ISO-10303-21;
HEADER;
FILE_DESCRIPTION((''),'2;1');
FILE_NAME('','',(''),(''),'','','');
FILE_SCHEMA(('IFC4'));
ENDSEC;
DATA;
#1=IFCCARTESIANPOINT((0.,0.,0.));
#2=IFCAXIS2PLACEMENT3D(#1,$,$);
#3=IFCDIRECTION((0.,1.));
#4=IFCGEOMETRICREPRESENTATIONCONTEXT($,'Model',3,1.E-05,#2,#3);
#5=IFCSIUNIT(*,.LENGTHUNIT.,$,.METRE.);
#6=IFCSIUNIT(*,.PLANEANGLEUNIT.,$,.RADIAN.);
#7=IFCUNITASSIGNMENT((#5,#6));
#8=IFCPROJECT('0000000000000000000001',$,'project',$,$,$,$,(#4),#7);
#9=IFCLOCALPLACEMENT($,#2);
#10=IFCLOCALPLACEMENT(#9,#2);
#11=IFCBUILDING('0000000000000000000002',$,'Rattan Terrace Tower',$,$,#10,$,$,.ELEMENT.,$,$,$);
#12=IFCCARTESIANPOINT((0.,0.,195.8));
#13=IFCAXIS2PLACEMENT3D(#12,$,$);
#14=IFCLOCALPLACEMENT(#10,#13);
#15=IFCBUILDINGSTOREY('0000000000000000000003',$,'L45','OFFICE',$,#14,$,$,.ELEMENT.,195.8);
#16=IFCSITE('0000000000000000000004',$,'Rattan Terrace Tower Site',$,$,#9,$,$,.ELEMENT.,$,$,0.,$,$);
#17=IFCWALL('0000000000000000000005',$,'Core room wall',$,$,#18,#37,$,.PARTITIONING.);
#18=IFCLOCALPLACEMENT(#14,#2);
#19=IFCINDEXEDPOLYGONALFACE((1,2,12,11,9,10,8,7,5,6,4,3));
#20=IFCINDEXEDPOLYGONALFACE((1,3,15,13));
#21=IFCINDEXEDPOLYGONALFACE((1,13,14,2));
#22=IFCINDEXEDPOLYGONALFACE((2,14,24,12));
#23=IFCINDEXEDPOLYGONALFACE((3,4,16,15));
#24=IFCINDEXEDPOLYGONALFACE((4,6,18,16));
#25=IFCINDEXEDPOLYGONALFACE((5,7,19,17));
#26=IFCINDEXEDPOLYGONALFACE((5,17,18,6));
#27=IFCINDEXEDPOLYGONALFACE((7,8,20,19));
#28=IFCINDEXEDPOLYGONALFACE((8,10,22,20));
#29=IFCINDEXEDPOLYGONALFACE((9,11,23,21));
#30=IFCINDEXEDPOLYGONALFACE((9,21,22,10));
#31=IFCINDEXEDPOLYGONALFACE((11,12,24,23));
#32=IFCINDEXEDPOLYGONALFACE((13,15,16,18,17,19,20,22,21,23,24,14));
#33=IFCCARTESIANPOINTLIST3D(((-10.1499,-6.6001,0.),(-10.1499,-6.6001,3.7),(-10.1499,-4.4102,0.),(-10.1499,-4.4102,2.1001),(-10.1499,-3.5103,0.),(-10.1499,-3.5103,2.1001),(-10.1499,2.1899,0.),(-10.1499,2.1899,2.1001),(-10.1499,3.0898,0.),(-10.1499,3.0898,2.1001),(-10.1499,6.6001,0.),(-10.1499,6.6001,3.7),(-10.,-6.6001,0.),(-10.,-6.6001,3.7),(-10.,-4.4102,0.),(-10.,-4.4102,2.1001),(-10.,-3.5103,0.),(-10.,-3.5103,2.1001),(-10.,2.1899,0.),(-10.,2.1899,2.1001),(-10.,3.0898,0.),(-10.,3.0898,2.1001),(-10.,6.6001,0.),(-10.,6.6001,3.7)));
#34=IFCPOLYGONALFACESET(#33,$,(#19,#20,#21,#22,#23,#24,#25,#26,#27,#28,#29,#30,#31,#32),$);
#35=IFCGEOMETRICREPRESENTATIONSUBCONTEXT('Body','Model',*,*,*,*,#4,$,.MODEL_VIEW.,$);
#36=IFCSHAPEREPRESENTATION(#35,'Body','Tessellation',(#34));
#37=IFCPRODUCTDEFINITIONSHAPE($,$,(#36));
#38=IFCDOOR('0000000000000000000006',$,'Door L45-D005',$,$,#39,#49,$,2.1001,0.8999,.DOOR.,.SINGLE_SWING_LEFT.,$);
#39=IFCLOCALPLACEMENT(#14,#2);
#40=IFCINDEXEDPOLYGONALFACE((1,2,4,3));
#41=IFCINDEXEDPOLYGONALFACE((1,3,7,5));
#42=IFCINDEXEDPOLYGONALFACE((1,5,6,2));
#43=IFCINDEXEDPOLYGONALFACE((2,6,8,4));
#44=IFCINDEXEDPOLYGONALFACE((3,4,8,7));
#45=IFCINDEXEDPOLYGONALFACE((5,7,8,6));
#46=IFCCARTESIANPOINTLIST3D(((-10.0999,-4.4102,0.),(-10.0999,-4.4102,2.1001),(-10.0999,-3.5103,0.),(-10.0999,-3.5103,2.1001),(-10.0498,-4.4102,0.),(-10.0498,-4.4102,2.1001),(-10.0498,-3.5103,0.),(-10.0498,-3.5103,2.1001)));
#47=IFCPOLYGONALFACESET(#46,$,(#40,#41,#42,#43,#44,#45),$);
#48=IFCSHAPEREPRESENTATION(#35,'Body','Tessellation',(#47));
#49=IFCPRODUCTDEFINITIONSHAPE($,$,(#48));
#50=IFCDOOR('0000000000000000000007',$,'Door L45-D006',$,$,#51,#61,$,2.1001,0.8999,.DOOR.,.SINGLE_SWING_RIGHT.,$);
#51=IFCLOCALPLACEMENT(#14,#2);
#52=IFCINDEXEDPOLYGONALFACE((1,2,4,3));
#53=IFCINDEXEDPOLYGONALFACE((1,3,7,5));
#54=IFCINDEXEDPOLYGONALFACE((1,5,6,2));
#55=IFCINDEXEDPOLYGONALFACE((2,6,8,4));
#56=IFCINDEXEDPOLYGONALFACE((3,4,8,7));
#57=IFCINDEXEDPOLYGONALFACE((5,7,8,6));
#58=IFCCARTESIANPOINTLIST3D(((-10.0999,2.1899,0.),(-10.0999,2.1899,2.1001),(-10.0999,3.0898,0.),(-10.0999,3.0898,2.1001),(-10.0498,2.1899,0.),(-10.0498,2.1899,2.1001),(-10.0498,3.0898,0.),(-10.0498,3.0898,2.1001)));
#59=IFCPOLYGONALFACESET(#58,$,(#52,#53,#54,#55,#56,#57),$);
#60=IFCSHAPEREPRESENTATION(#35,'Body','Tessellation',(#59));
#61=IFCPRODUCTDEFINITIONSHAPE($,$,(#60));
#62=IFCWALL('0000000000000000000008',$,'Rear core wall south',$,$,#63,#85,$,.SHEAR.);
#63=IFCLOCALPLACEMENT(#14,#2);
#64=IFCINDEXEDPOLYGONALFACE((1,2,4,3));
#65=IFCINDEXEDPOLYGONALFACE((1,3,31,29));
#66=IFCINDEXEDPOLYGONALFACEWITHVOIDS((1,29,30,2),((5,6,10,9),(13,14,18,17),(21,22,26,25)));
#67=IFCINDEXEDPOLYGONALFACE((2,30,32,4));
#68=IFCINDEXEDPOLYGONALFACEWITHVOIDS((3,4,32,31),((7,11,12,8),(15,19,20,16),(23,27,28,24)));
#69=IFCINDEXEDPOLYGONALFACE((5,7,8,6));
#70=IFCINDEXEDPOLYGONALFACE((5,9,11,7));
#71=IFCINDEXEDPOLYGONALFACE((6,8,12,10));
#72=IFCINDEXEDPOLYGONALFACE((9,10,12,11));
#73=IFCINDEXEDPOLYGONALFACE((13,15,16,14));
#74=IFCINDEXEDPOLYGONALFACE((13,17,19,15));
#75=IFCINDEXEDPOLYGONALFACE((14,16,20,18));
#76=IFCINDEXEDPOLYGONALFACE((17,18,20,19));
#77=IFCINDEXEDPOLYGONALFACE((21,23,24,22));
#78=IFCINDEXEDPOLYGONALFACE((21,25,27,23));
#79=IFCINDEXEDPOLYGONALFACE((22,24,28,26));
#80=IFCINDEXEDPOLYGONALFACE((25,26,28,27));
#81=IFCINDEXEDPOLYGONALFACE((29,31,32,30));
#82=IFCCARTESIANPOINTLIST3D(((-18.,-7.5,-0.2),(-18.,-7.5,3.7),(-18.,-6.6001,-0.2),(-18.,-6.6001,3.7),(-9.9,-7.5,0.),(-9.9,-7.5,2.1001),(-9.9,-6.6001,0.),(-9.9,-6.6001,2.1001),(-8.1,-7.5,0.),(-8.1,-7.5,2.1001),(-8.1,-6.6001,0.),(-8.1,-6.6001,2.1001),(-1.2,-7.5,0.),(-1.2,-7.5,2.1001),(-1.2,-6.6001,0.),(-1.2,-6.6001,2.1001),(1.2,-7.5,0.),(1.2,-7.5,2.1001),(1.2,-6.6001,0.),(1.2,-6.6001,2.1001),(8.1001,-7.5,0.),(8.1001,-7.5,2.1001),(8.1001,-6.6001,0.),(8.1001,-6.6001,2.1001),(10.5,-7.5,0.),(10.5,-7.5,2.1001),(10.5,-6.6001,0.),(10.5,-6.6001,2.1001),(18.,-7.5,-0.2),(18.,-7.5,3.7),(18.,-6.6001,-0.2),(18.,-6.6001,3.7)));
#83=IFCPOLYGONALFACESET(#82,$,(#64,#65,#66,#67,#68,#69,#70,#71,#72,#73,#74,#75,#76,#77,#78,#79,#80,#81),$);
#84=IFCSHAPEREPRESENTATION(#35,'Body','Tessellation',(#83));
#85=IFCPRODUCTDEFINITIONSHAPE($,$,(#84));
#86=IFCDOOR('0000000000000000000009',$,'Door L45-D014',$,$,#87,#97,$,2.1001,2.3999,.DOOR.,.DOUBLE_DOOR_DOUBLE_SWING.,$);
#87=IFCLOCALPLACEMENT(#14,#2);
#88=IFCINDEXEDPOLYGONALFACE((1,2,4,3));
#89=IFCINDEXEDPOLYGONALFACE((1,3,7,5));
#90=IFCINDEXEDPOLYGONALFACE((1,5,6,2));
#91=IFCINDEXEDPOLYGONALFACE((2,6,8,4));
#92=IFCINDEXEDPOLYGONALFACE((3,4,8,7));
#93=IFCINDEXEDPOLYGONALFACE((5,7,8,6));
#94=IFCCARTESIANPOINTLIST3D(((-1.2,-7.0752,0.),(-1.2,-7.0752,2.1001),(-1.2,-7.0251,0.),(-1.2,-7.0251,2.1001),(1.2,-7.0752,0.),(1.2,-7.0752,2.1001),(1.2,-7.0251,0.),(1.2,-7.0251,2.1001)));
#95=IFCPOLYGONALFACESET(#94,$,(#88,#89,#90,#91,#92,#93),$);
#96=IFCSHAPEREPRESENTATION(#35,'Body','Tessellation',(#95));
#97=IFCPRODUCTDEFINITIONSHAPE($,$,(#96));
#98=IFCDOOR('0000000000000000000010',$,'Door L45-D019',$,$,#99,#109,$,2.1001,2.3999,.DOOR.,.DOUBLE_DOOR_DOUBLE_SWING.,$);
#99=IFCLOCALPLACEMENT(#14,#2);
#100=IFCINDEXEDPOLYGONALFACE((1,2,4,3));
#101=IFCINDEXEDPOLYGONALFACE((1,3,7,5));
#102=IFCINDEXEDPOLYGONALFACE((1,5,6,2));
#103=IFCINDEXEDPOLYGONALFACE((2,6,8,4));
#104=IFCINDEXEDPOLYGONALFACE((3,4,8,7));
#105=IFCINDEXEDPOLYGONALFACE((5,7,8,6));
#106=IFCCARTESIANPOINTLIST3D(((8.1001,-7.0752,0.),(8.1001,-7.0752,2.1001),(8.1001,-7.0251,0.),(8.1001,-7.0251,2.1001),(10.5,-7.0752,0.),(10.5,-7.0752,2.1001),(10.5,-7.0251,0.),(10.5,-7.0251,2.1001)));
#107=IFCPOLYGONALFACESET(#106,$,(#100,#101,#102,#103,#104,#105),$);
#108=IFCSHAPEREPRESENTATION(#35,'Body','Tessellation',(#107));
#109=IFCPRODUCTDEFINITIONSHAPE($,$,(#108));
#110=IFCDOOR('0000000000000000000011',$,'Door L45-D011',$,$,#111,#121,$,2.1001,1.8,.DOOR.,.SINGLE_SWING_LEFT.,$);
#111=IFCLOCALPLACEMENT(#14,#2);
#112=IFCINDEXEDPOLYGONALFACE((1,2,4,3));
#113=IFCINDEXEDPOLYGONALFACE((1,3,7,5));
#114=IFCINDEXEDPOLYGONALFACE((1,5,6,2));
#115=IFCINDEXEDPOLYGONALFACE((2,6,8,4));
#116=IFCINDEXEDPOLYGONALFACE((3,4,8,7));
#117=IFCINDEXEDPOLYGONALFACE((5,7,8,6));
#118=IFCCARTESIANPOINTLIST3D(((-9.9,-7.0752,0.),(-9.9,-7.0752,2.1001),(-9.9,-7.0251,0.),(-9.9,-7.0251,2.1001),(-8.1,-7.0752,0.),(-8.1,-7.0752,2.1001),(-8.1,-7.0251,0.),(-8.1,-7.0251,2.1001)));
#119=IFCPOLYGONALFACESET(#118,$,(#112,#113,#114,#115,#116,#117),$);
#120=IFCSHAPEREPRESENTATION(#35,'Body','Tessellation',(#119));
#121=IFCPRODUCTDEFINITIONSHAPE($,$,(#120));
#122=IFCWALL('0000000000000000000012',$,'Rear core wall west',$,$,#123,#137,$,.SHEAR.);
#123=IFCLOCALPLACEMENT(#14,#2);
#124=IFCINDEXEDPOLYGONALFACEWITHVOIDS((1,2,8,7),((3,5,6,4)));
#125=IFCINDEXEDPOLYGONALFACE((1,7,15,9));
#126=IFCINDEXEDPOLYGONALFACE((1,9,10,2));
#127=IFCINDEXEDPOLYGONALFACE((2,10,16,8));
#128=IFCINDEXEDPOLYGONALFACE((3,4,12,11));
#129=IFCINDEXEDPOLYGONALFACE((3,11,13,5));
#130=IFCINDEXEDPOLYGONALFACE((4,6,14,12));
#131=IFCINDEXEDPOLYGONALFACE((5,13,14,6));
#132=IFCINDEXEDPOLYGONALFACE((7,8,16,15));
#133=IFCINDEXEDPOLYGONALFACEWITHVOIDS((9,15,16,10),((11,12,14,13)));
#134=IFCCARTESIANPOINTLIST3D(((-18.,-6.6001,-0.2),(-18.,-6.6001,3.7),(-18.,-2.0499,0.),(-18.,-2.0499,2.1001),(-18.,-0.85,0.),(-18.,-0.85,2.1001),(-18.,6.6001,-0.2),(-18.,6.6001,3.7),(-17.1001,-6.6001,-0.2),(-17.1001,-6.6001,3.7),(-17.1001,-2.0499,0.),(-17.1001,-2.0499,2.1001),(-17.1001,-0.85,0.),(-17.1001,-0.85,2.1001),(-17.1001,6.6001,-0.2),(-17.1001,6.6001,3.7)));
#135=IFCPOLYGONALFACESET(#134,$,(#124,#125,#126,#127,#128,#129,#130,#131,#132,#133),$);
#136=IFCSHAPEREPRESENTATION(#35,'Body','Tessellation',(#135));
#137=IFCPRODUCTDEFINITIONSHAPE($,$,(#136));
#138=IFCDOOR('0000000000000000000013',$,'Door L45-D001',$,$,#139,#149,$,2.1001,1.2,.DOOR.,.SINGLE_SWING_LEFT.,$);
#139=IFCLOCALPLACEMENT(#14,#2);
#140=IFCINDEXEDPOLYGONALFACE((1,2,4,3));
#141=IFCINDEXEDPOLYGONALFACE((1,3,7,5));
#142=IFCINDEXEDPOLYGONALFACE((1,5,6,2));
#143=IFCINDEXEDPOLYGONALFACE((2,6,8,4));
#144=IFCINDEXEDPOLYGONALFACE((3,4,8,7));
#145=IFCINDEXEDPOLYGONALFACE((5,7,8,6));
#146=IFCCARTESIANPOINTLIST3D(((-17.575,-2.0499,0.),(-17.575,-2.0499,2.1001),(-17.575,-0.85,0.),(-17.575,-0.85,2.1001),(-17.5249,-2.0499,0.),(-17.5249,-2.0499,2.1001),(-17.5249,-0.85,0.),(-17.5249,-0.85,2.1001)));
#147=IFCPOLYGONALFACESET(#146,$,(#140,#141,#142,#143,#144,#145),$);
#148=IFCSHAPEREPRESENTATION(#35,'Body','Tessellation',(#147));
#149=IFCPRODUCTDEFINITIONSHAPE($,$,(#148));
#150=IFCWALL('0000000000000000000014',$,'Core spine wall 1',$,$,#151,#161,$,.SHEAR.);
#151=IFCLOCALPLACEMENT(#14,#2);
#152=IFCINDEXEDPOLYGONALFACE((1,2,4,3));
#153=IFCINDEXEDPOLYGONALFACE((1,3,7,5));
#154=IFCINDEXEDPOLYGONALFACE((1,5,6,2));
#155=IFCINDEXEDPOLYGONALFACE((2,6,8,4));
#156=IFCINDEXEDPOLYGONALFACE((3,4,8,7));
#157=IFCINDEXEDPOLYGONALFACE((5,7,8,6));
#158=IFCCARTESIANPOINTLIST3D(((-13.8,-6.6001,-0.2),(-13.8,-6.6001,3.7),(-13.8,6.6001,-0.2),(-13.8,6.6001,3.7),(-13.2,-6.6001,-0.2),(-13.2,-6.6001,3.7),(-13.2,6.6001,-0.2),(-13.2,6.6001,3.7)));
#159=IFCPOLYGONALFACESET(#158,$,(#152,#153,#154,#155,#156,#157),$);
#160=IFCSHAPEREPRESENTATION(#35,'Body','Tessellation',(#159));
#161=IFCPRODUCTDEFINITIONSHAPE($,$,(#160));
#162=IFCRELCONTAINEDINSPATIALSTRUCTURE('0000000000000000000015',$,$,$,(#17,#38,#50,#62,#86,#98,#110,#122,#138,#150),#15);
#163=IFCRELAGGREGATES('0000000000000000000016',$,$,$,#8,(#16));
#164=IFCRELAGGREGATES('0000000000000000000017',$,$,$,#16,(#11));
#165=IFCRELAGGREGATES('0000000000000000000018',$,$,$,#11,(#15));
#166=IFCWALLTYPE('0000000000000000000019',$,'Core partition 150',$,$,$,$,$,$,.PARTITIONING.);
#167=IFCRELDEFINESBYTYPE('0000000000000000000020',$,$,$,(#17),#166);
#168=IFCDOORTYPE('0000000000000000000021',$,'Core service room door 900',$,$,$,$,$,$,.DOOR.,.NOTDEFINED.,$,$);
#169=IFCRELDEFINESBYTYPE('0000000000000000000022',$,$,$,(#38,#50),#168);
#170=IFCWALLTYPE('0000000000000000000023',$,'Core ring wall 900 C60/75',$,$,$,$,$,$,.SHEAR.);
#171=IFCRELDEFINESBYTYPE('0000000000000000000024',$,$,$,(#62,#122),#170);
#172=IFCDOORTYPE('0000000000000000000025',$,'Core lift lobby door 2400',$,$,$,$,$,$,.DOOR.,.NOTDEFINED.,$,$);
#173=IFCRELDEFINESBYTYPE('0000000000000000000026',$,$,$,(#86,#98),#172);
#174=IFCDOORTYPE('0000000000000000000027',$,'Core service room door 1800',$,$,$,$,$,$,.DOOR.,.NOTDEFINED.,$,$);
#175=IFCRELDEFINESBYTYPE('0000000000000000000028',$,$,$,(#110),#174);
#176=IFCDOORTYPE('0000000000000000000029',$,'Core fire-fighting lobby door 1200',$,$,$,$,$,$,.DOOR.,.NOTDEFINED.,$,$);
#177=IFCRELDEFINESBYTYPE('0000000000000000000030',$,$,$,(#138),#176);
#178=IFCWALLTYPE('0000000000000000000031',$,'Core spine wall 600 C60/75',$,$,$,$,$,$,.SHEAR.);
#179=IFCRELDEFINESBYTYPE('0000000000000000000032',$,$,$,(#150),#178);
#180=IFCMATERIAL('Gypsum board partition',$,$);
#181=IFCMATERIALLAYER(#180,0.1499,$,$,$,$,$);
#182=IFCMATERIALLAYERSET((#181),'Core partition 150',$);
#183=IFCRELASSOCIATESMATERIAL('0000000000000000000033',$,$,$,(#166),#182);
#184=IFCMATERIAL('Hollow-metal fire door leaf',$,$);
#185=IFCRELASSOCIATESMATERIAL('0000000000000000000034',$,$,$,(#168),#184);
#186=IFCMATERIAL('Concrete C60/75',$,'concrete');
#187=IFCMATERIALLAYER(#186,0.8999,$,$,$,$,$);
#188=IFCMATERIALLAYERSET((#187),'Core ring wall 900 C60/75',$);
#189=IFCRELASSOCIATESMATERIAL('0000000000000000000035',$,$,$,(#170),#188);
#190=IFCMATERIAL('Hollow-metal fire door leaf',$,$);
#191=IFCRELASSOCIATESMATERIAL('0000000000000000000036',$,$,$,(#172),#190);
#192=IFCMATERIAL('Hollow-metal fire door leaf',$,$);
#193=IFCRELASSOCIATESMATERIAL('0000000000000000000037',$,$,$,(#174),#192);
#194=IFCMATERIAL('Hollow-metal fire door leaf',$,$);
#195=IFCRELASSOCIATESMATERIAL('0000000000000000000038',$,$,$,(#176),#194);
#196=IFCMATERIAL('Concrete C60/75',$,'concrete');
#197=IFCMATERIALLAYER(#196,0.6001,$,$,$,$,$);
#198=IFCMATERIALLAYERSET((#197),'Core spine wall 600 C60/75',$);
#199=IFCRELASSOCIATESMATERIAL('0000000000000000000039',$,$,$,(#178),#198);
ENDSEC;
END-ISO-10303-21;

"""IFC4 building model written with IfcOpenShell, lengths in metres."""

from ifc_helpers import new_model, si_unit, direction, frame, frame_2d, origin, place, context, subcontext, project, spatial, rectangle, extrude, material, layer, layer_set, type_object, element, fill, save


model = new_model("IFC4")

# Units and contexts
model_context = context("Model", 3, precision=1e-05, world=origin(), true_north=direction((0.0, 1.0)))
body_context = subcontext(model_context, "Body", "Model", "MODEL_VIEW")
ifc_project = project(units=[si_unit("LENGTHUNIT", "METRE"), si_unit("PLANEANGLEUNIT", "RADIAN")], contexts=[model_context])

# Site, building, storey
site_placement = place(None, origin())
site = spatial("IfcSite", under=ifc_project, at=site_placement, Name="Rattan Terrace Tower Site", CompositionType="ELEMENT", RefElevation=0.0)
building_placement = place(site_placement, origin())
building = spatial("IfcBuilding", under=site, at=building_placement, Name="Rattan Terrace Tower", CompositionType="ELEMENT")
storey_placement = place(building_placement, frame((0.0, 0.0, 195.8)))
storey = spatial("IfcBuildingStorey", under=building, at=storey_placement, Name="L45", Description="OFFICE", CompositionType="ELEMENT", Elevation=195.8)

# Walls, openings, doors
ifc_material_1 = material(Name="Gypsum board partition")
ifc_layer_1 = layer(ifc_material_1, 0.1499)
ifc_layer_set_1 = layer_set([ifc_layer_1], Name="Core partition 150")
wall_type_1 = type_object("IfcWallType", Name="Core partition 150", PredefinedType="PARTITIONING", material=ifc_layer_set_1)
wall_1_placement = place(storey_placement, frame((-10.075, -6.6001, 0.0), z_axis=(0.0, 0.0, 1.0), x_axis=(0.0, 1.0, 0.0)))
wall_1 = element("IfcWall", 1, at=wall_1_placement, inside=storey, type_object=wall_type_1, Name="Core room wall", PredefinedType="PARTITIONING", context=body_context, shape_type="SweptSolid", body=[
    extrude(rectangle(XDim=13.2002, YDim=0.1499, at=frame_2d((6.6001, 0.0))), origin(), (0.0, 0.0, 1.0), 3.7),
])
opening_1_placement = place(wall_1_placement, frame((2.1899, 0.0, 0.0)))
opening_1 = element("IfcOpeningElement", 2, at=opening_1_placement, cuts=wall_1, PredefinedType="OPENING", context=body_context, shape_type="SweptSolid", body=[
    extrude(rectangle(XDim=0.8999, YDim=2.1001, at=frame_2d((0.45, 1.05))), frame((0.0, 0.0854, 0.0), z_axis=(0.0, -1.0, 0.0), x_axis=(1.0, 0.0, 0.0)), (0.0, 0.0, 1.0), 0.1709),
])
opening_2_placement = place(wall_1_placement, frame((8.79, 0.0, 0.0)))
opening_2 = element("IfcOpeningElement", 3, at=opening_2_placement, cuts=wall_1, PredefinedType="OPENING", context=body_context, shape_type="SweptSolid", body=[
    extrude(rectangle(XDim=0.8999, YDim=2.1001, at=frame_2d((0.45, 1.05))), frame((0.0, 0.0854, 0.0), z_axis=(0.0, -1.0, 0.0), x_axis=(1.0, 0.0, 0.0)), (0.0, 0.0, 1.0), 0.1709),
])
ifc_material_2 = material(Name="Hollow-metal fire door leaf")
door_type_1 = type_object("IfcDoorType", Name="Core service room door 900", OperationType="NOTDEFINED", PredefinedType="DOOR", material=ifc_material_2)
door_1_placement = place(opening_1_placement, origin())
door_1 = element("IfcDoor", 4, at=door_1_placement, inside=storey, type_object=door_type_1, Name="Door L45-D005", OperationType="SINGLE_SWING_LEFT", OverallHeight=2.1001, OverallWidth=0.8999, PredefinedType="DOOR", context=body_context, shape_type="SweptSolid", body=[
    extrude(rectangle(XDim=0.8999, YDim=2.1001, at=frame_2d((0.45, 1.05))), frame((0.0, 0.0249, 0.0), z_axis=(0.0, -1.0, 0.0), x_axis=(1.0, 0.0, 0.0)), (0.0, 0.0, 1.0), 0.05),
])
fill(opening_1, door_1)
door_2_placement = place(opening_2_placement, origin())
door_2 = element("IfcDoor", 5, at=door_2_placement, inside=storey, type_object=door_type_1, Name="Door L45-D006", OperationType="SINGLE_SWING_RIGHT", OverallHeight=2.1001, OverallWidth=0.8999, PredefinedType="DOOR", context=body_context, shape_type="SweptSolid", body=[
    extrude(rectangle(XDim=0.8999, YDim=2.1001, at=frame_2d((0.45, 1.05))), frame((0.0, 0.0249, 0.0), z_axis=(0.0, -1.0, 0.0), x_axis=(1.0, 0.0, 0.0)), (0.0, 0.0, 1.0), 0.05),
])
fill(opening_2, door_2)
ifc_material_3 = material(Name="Concrete C60/75", Category="concrete")
ifc_layer_2 = layer(ifc_material_3, 0.8999)
ifc_layer_set_2 = layer_set([ifc_layer_2], Name="Core ring wall 900 C60/75")
wall_type_2 = type_object("IfcWallType", Name="Core ring wall 900 C60/75", PredefinedType="SHEAR", material=ifc_layer_set_2)
wall_2_placement = place(storey_placement, frame((-18.0, -7.05, -0.2), z_axis=(0.0, 0.0, 1.0), x_axis=(1.0, 0.0, 0.0)))
wall_2 = element("IfcWall", 6, at=wall_2_placement, inside=storey, type_object=wall_type_2, Name="Rear core wall south", PredefinedType="SHEAR", context=body_context, shape_type="SweptSolid", body=[
    extrude(rectangle(XDim=36.0, YDim=0.8999, at=frame_2d((18.0, 0.0))), origin(), (0.0, 0.0, 1.0), 3.8999),
])
opening_3_placement = place(wall_2_placement, frame((8.1001, 0.0, 0.2)))
opening_3 = element("IfcOpeningElement", 7, at=opening_3_placement, cuts=wall_2, PredefinedType="OPENING", context=body_context, shape_type="SweptSolid", body=[
    extrude(rectangle(XDim=1.8, YDim=2.1001, at=frame_2d((0.8999, 1.05))), frame((0.0, 0.4604, 0.0), z_axis=(0.0, -1.0, 0.0), x_axis=(1.0, 0.0, 0.0)), (0.0, 0.0, 1.0), 0.9209),
])
opening_4_placement = place(wall_2_placement, frame((16.8, 0.0, 0.2)))
opening_4 = element("IfcOpeningElement", 8, at=opening_4_placement, cuts=wall_2, PredefinedType="OPENING", context=body_context, shape_type="SweptSolid", body=[
    extrude(rectangle(XDim=2.3999, YDim=2.1001, at=frame_2d((1.2, 1.05))), frame((0.0, 0.4604, 0.0), z_axis=(0.0, -1.0, 0.0), x_axis=(1.0, 0.0, 0.0)), (0.0, 0.0, 1.0), 0.9209),
])
opening_5_placement = place(wall_2_placement, frame((26.1001, 0.0, 0.2)))
opening_5 = element("IfcOpeningElement", 9, at=opening_5_placement, cuts=wall_2, PredefinedType="OPENING", context=body_context, shape_type="SweptSolid", body=[
    extrude(rectangle(XDim=2.3999, YDim=2.1001, at=frame_2d((1.2, 1.05))), frame((0.0, 0.4604, 0.0), z_axis=(0.0, -1.0, 0.0), x_axis=(1.0, 0.0, 0.0)), (0.0, 0.0, 1.0), 0.9209),
])
ifc_material_4 = material(Name="Hollow-metal fire door leaf")
door_type_2 = type_object("IfcDoorType", Name="Core lift lobby door 2400", OperationType="NOTDEFINED", PredefinedType="DOOR", material=ifc_material_4)
door_3_placement = place(opening_4_placement, origin())
door_3 = element("IfcDoor", 10, at=door_3_placement, inside=storey, type_object=door_type_2, Name="Door L45-D014", OperationType="DOUBLE_DOOR_DOUBLE_SWING", OverallHeight=2.1001, OverallWidth=2.3999, PredefinedType="DOOR", context=body_context, shape_type="SweptSolid", body=[
    extrude(rectangle(XDim=2.3999, YDim=2.1001, at=frame_2d((1.2, 1.05))), frame((0.0, 0.0249, 0.0), z_axis=(0.0, -1.0, 0.0), x_axis=(1.0, 0.0, 0.0)), (0.0, 0.0, 1.0), 0.05),
])
fill(opening_4, door_3)
door_4_placement = place(opening_5_placement, origin())
door_4 = element("IfcDoor", 11, at=door_4_placement, inside=storey, type_object=door_type_2, Name="Door L45-D019", OperationType="DOUBLE_DOOR_DOUBLE_SWING", OverallHeight=2.1001, OverallWidth=2.3999, PredefinedType="DOOR", context=body_context, shape_type="SweptSolid", body=[
    extrude(rectangle(XDim=2.3999, YDim=2.1001, at=frame_2d((1.2, 1.05))), frame((0.0, 0.0249, 0.0), z_axis=(0.0, -1.0, 0.0), x_axis=(1.0, 0.0, 0.0)), (0.0, 0.0, 1.0), 0.05),
])
fill(opening_5, door_4)
ifc_material_5 = material(Name="Hollow-metal fire door leaf")
door_type_3 = type_object("IfcDoorType", Name="Core service room door 1800", OperationType="NOTDEFINED", PredefinedType="DOOR", material=ifc_material_5)
door_5_placement = place(opening_3_placement, origin())
door_5 = element("IfcDoor", 12, at=door_5_placement, inside=storey, type_object=door_type_3, Name="Door L45-D011", OperationType="SINGLE_SWING_LEFT", OverallHeight=2.1001, OverallWidth=1.8, PredefinedType="DOOR", context=body_context, shape_type="SweptSolid", body=[
    extrude(rectangle(XDim=1.8, YDim=2.1001, at=frame_2d((0.8999, 1.05))), frame((0.0, 0.0249, 0.0), z_axis=(0.0, -1.0, 0.0), x_axis=(1.0, 0.0, 0.0)), (0.0, 0.0, 1.0), 0.05),
])
fill(opening_3, door_5)

# Wall, opening, door
wall_3_placement = place(storey_placement, frame((-17.55, -6.6001, -0.2), z_axis=(0.0, 0.0, 1.0), x_axis=(0.0, 1.0, 0.0)))
wall_3 = element("IfcWall", 13, at=wall_3_placement, inside=storey, type_object=wall_type_2, Name="Rear core wall west", PredefinedType="SHEAR", context=body_context, shape_type="SweptSolid", body=[
    extrude(rectangle(XDim=13.2002, YDim=0.8999, at=frame_2d((6.6001, 0.0))), origin(), (0.0, 0.0, 1.0), 3.8999),
])
opening_6_placement = place(wall_3_placement, frame((4.55, 0.0, 0.2)))
opening_6 = element("IfcOpeningElement", 14, at=opening_6_placement, cuts=wall_3, PredefinedType="OPENING", context=body_context, shape_type="SweptSolid", body=[
    extrude(rectangle(XDim=1.2, YDim=2.1001, at=frame_2d((0.6001, 1.05))), frame((0.0, 0.4604, 0.0), z_axis=(0.0, -1.0, 0.0), x_axis=(1.0, 0.0, 0.0)), (0.0, 0.0, 1.0), 0.9209),
])
ifc_material_6 = material(Name="Hollow-metal fire door leaf")
door_type_4 = type_object("IfcDoorType", Name="Core fire-fighting lobby door 1200", OperationType="NOTDEFINED", PredefinedType="DOOR", material=ifc_material_6)
door_6_placement = place(opening_6_placement, origin())
door_6 = element("IfcDoor", 15, at=door_6_placement, inside=storey, type_object=door_type_4, Name="Door L45-D001", OperationType="SINGLE_SWING_LEFT", OverallHeight=2.1001, OverallWidth=1.2, PredefinedType="DOOR", context=body_context, shape_type="SweptSolid", body=[
    extrude(rectangle(XDim=1.2, YDim=2.1001, at=frame_2d((0.6001, 1.05))), frame((0.0, 0.0249, 0.0), z_axis=(0.0, -1.0, 0.0), x_axis=(1.0, 0.0, 0.0)), (0.0, 0.0, 1.0), 0.05),
])
fill(opening_6, door_6)

# Wall
ifc_material_7 = material(Name="Concrete C60/75", Category="concrete")
ifc_layer_3 = layer(ifc_material_7, 0.6001)
ifc_layer_set_3 = layer_set([ifc_layer_3], Name="Core spine wall 600 C60/75")
wall_type_3 = type_object("IfcWallType", Name="Core spine wall 600 C60/75", PredefinedType="SHEAR", material=ifc_layer_set_3)
wall_4_placement = place(storey_placement, frame((-13.5, -6.6001, -0.2), z_axis=(0.0, 0.0, 1.0), x_axis=(0.0, 1.0, 0.0)))
element("IfcWall", 16, at=wall_4_placement, inside=storey, type_object=wall_type_3, Name="Core spine wall 1", PredefinedType="SHEAR", context=body_context, shape_type="SweptSolid", body=[
    extrude(rectangle(XDim=13.2002, YDim=0.6001, at=frame_2d((6.6001, 0.0))), origin(), (0.0, 0.0, 1.0), 3.8999),
])

save(model, "model.ifc")
